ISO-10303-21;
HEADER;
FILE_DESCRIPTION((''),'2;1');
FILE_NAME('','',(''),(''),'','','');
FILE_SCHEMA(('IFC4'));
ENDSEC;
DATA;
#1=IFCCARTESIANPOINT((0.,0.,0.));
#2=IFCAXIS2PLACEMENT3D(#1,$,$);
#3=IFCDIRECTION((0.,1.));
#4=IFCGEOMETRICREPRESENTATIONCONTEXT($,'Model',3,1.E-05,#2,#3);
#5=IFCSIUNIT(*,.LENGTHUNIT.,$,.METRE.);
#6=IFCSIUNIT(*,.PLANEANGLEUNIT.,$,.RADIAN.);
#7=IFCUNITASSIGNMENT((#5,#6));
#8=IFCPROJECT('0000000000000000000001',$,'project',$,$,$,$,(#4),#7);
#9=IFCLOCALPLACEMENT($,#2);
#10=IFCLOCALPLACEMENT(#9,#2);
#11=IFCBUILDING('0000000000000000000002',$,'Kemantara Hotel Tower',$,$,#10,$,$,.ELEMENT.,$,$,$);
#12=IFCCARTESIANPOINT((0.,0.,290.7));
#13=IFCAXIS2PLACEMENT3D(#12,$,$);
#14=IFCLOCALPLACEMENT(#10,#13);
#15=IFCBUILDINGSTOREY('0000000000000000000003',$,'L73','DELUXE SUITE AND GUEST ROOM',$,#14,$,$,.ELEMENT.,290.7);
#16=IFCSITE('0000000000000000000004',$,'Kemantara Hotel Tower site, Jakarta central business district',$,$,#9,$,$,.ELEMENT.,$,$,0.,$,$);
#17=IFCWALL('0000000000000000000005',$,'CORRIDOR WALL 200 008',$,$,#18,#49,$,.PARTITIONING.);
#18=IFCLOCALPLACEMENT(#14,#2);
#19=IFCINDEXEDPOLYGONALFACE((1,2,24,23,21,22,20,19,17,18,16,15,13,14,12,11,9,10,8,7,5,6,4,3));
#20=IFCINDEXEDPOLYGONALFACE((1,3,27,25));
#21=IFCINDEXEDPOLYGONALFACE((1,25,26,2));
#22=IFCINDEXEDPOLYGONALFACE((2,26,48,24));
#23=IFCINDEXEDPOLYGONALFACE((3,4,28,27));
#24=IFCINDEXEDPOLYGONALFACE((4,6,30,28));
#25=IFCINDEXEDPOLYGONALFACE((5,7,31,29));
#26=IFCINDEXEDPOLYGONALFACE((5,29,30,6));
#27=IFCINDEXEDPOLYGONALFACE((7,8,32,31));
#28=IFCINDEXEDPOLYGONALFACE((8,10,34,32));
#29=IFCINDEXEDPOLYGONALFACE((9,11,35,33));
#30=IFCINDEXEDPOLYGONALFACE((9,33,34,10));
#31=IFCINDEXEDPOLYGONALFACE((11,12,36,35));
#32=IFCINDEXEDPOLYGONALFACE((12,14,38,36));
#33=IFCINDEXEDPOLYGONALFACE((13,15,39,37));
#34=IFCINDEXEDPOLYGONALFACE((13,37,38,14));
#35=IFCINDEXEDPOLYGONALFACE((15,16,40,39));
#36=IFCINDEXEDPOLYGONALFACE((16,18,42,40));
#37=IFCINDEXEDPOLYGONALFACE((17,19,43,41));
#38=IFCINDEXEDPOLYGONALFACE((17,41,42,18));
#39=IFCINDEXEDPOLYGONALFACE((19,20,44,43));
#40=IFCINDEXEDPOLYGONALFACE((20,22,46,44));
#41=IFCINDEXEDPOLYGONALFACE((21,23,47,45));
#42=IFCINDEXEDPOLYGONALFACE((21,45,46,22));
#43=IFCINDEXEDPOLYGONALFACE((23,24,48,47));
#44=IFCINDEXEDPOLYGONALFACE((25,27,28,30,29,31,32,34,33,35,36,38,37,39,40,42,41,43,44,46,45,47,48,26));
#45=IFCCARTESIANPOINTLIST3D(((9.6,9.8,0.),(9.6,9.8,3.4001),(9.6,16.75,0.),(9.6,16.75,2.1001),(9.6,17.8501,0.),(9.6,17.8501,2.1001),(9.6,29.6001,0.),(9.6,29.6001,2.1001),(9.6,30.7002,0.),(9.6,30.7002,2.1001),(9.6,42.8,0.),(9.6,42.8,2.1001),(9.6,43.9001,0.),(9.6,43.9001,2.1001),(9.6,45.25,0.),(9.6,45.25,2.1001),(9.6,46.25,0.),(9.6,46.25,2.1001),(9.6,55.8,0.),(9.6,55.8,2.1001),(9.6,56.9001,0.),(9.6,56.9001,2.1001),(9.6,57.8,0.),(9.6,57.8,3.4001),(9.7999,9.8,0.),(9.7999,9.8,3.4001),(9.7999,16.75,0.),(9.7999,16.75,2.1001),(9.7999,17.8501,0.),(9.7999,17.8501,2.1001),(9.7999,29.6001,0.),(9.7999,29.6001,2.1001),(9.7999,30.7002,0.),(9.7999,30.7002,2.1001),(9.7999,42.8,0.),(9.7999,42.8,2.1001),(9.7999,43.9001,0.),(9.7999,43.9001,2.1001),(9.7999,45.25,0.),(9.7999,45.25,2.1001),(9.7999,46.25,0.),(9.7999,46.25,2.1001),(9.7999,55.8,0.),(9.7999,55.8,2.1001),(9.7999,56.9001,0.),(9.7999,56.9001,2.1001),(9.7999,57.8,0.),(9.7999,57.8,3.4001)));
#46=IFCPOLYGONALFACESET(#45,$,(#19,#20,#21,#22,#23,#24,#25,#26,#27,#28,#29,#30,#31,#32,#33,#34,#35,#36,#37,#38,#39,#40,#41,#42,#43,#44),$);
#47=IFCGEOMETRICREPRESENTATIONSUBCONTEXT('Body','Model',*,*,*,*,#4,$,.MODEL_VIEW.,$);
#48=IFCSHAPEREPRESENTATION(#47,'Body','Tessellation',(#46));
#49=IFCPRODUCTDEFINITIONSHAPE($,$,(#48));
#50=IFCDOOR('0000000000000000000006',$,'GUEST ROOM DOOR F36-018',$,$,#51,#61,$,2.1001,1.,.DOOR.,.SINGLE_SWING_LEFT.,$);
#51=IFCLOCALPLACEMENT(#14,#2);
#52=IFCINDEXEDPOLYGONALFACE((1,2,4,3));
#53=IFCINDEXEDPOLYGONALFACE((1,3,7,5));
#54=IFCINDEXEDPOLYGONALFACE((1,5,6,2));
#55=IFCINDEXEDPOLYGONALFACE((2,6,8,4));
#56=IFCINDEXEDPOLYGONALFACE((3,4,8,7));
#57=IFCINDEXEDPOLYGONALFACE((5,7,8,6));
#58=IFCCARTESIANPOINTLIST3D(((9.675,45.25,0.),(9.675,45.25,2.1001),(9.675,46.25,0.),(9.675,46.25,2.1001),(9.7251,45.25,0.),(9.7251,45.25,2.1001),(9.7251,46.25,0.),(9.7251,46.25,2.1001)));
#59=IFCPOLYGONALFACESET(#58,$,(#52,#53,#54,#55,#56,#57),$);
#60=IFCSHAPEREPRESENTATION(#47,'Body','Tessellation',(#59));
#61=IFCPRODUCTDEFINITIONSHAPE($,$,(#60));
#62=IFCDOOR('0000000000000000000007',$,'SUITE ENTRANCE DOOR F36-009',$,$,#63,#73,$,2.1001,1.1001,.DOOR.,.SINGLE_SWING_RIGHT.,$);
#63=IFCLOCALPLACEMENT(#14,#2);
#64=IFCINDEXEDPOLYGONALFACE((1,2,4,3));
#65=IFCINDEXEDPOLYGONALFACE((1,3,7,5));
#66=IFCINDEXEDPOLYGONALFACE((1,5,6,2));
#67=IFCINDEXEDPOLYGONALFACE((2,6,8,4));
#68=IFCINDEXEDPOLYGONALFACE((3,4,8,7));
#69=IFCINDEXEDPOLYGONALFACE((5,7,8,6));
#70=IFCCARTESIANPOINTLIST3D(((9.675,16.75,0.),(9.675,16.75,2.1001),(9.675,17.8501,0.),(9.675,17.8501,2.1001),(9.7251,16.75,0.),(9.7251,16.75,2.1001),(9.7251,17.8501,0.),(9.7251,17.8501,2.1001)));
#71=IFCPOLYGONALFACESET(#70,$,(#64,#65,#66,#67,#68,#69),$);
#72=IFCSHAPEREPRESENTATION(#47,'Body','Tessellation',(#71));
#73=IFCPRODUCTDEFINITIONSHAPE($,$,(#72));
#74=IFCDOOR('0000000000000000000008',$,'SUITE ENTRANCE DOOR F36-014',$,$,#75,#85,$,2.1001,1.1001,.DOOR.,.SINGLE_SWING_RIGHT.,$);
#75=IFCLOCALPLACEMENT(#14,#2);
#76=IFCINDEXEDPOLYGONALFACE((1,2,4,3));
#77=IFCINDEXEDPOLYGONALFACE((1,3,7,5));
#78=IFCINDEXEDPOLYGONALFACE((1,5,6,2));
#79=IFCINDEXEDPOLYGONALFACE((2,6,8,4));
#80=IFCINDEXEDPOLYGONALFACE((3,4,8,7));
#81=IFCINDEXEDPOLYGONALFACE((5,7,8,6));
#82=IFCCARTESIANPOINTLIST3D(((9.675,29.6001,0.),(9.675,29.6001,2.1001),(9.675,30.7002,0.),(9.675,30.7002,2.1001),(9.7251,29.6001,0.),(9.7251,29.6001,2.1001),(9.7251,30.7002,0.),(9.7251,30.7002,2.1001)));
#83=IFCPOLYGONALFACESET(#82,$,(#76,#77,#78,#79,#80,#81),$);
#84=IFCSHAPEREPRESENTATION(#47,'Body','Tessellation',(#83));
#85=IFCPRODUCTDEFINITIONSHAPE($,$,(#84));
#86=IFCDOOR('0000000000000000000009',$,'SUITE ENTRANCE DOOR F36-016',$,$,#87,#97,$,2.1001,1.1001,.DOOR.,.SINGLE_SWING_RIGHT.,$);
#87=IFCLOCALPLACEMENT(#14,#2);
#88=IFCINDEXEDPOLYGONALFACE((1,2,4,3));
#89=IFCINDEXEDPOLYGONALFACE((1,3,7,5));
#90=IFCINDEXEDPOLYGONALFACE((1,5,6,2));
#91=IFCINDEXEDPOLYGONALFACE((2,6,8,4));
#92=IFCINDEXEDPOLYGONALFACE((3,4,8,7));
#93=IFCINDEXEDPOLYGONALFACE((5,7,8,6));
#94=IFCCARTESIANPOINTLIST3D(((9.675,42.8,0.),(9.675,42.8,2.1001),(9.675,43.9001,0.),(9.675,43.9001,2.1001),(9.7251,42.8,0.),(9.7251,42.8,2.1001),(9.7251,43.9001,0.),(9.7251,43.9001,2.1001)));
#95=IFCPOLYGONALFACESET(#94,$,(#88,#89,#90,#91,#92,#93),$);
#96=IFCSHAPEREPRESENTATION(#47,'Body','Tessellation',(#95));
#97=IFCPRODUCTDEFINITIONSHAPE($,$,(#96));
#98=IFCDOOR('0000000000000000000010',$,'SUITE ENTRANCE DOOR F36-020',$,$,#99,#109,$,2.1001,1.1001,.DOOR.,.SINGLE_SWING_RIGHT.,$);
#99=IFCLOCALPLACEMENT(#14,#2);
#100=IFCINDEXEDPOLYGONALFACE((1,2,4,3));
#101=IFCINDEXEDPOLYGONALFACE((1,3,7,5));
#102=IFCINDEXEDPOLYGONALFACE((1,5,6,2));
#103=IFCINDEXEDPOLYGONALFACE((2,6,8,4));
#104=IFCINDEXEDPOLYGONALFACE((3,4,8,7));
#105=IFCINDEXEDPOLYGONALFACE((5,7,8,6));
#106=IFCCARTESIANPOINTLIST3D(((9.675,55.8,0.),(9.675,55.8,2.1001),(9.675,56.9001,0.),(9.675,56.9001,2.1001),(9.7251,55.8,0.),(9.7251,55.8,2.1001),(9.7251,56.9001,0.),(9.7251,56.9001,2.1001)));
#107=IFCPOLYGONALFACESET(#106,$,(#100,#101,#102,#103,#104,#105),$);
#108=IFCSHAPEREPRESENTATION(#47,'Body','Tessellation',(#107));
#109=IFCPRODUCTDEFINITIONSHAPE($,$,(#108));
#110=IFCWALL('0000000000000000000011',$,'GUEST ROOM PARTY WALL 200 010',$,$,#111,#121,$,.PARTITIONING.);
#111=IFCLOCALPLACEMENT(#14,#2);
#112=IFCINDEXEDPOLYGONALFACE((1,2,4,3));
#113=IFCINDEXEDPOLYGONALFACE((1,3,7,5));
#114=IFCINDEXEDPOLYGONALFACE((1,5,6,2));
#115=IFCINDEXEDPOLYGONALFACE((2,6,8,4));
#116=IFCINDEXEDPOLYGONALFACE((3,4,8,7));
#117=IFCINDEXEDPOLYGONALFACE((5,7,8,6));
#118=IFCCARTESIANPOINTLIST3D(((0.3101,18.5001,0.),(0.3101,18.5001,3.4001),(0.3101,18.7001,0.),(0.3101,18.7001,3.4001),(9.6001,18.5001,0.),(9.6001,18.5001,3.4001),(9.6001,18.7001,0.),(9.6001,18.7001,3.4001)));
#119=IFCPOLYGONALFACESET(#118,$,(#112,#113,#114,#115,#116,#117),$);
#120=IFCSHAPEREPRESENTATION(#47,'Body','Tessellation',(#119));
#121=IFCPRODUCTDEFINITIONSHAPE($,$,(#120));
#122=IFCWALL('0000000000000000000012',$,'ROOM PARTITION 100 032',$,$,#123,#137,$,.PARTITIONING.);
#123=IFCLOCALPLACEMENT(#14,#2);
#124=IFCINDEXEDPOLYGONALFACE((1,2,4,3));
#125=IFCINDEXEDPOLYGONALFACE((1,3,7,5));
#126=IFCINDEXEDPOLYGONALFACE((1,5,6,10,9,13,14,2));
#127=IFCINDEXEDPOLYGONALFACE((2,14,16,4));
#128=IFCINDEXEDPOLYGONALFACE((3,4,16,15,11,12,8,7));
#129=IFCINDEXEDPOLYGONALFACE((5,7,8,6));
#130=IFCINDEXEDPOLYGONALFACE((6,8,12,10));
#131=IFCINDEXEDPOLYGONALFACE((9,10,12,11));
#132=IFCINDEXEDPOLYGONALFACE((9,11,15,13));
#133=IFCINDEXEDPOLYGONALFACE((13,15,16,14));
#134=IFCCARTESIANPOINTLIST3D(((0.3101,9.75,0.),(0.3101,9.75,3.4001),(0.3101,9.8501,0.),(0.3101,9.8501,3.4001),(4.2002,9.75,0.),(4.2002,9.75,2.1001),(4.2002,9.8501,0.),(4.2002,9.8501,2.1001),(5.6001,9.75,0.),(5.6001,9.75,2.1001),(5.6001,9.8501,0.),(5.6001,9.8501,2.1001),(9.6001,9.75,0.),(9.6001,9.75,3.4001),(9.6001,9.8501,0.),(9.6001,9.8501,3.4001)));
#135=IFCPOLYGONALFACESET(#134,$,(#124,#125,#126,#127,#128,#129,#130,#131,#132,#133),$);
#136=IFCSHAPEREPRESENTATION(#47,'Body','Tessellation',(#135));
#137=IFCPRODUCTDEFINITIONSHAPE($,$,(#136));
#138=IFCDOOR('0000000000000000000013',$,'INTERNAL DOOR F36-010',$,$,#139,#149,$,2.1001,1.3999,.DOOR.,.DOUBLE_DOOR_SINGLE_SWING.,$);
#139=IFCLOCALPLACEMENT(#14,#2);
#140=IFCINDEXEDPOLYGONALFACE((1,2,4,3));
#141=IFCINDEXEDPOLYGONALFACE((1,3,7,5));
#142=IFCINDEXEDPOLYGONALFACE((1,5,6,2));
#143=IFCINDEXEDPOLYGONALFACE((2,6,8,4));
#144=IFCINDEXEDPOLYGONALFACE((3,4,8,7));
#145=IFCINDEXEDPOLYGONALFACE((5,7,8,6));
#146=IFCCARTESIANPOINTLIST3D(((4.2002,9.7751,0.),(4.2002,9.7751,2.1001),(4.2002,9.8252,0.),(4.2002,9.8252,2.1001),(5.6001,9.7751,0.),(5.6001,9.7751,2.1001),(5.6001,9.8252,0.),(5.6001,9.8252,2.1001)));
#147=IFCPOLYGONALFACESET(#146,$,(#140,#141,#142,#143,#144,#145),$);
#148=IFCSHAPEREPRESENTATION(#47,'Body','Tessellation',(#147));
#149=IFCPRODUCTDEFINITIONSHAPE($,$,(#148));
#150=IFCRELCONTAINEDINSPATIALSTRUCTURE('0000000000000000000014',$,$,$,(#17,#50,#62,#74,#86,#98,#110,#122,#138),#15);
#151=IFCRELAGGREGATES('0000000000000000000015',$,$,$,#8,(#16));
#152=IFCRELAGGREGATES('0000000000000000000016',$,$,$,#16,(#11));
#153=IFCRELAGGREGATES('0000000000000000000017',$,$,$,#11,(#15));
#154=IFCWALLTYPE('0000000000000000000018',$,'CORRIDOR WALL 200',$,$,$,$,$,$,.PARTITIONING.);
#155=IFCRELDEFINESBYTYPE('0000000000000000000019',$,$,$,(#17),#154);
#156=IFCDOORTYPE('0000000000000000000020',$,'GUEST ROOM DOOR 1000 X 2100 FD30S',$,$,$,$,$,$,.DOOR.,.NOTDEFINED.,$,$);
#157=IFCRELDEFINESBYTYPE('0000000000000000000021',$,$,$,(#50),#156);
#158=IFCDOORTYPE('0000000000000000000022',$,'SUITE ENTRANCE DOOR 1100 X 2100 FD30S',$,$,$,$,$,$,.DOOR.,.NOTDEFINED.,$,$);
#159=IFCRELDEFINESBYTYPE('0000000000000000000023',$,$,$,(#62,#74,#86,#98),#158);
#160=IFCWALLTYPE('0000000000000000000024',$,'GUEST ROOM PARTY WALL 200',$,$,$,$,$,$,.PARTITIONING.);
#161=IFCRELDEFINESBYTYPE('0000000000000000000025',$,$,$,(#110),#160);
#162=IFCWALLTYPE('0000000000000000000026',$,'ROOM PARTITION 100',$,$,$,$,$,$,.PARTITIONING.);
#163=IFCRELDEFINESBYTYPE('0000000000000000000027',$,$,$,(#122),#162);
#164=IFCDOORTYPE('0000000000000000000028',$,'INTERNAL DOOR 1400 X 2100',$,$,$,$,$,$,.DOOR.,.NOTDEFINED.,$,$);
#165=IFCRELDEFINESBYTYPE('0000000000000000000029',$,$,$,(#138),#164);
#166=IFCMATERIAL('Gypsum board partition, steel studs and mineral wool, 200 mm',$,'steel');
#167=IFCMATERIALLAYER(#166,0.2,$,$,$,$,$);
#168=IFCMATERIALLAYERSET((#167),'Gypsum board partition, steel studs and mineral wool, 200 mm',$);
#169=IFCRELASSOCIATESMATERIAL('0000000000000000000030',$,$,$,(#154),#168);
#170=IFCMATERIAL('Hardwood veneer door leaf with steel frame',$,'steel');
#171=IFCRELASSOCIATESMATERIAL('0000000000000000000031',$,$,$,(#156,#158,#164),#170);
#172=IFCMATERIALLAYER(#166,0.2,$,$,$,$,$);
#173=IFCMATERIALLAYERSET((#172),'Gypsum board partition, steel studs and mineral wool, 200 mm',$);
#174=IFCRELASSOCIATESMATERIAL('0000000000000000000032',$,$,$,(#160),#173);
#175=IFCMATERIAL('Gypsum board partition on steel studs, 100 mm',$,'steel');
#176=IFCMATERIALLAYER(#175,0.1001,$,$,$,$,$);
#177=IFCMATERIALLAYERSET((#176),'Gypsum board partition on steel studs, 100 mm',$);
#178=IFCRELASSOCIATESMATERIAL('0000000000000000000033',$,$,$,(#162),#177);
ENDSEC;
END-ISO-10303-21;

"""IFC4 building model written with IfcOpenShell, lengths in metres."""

from ifc_helpers import new_model, si_unit, direction, frame, frame_2d, origin, place, context, subcontext, project, spatial, rectangle, extrude, material, layer, layer_set, type_object, element, fill, save


model = new_model("IFC4")

# Units and contexts
model_context = context("Model", 3, precision=1e-05, world=origin(), true_north=direction((0.0, 1.0)))
body_context = subcontext(model_context, "Body", "Model", "MODEL_VIEW")
ifc_project = project(units=[si_unit("LENGTHUNIT", "METRE"), si_unit("PLANEANGLEUNIT", "RADIAN")], contexts=[model_context])

# Site, building, storey
site_placement = place(None, origin())
site = spatial("IfcSite", under=ifc_project, at=site_placement, Name="Kemantara Hotel Tower site, Jakarta central business district", CompositionType="ELEMENT", RefElevation=0.0)
building_placement = place(site_placement, origin())
building = spatial("IfcBuilding", under=site, at=building_placement, Name="Kemantara Hotel Tower", CompositionType="ELEMENT")
storey_placement = place(building_placement, frame((0.0, 0.0, 290.7)))
storey = spatial("IfcBuildingStorey", under=building, at=storey_placement, Name="L73", Description="DELUXE SUITE AND GUEST ROOM", CompositionType="ELEMENT", Elevation=290.7)

# Wall, openings, doors
ifc_material_1 = material(Name="Gypsum board partition, steel studs and mineral wool, 200 mm", Category="steel")
ifc_layer_1 = layer(ifc_material_1, 0.2)
ifc_layer_set_1 = layer_set([ifc_layer_1], Name="Gypsum board partition, steel studs and mineral wool, 200 mm")
wall_type_1 = type_object("IfcWallType", Name="CORRIDOR WALL 200", PredefinedType="PARTITIONING", material=ifc_layer_set_1)
wall_1_placement = place(storey_placement, frame((9.7, 9.8, 0.0), z_axis=(0.0, 0.0, 1.0), x_axis=(0.0, 1.0, 0.0)))
wall_1 = element("IfcWall", 1, at=wall_1_placement, inside=storey, type_object=wall_type_1, Name="CORRIDOR WALL 200 008", PredefinedType="PARTITIONING", context=body_context, shape_type="SweptSolid", body=[
    extrude(rectangle(XDim=48.0, YDim=0.2, at=frame_2d((24.0, 0.0))), origin(), (0.0, 0.0, 1.0), 3.4001),
])
opening_1_placement = place(wall_1_placement, frame((6.95, 0.0, 0.0)))
opening_1 = element("IfcOpeningElement", 2, at=opening_1_placement, cuts=wall_1, PredefinedType="OPENING", context=body_context, shape_type="SweptSolid", body=[
    extrude(rectangle(XDim=1.1001, YDim=2.1001, at=frame_2d((0.55, 1.05))), frame((0.0, 0.1099, 0.0), z_axis=(0.0, -1.0, 0.0), x_axis=(1.0, 0.0, 0.0)), (0.0, 0.0, 1.0), 0.22),
])
opening_2_placement = place(wall_1_placement, frame((19.8, 0.0, 0.0)))
opening_2 = element("IfcOpeningElement", 3, at=opening_2_placement, cuts=wall_1, PredefinedType="OPENING", context=body_context, shape_type="SweptSolid", body=[
    extrude(rectangle(XDim=1.1001, YDim=2.1001, at=frame_2d((0.55, 1.05))), frame((0.0, 0.1099, 0.0), z_axis=(0.0, -1.0, 0.0), x_axis=(1.0, 0.0, 0.0)), (0.0, 0.0, 1.0), 0.22),
])
opening_3_placement = place(wall_1_placement, frame((33.0, 0.0, 0.0)))
opening_3 = element("IfcOpeningElement", 4, at=opening_3_placement, cuts=wall_1, PredefinedType="OPENING", context=body_context, shape_type="SweptSolid", body=[
    extrude(rectangle(XDim=1.1001, YDim=2.1001, at=frame_2d((0.55, 1.05))), frame((0.0, 0.1099, 0.0), z_axis=(0.0, -1.0, 0.0), x_axis=(1.0, 0.0, 0.0)), (0.0, 0.0, 1.0), 0.22),
])
opening_4_placement = place(wall_1_placement, frame((35.45, 0.0, 0.0)))
opening_4 = element("IfcOpeningElement", 5, at=opening_4_placement, cuts=wall_1, PredefinedType="OPENING", context=body_context, shape_type="SweptSolid", body=[
    extrude(rectangle(XDim=1.0, YDim=2.1001, at=frame_2d((0.5, 1.05))), frame((0.0, 0.1099, 0.0), z_axis=(0.0, -1.0, 0.0), x_axis=(1.0, 0.0, 0.0)), (0.0, 0.0, 1.0), 0.22),
])
opening_5_placement = place(wall_1_placement, frame((46.0, 0.0, 0.0)))
opening_5 = element("IfcOpeningElement", 6, at=opening_5_placement, cuts=wall_1, PredefinedType="OPENING", context=body_context, shape_type="SweptSolid", body=[
    extrude(rectangle(XDim=1.1001, YDim=2.1001, at=frame_2d((0.55, 1.05))), frame((0.0, 0.1099, 0.0), z_axis=(0.0, -1.0, 0.0), x_axis=(1.0, 0.0, 0.0)), (0.0, 0.0, 1.0), 0.22),
])
ifc_material_2 = material(Name="Hardwood veneer door leaf with steel frame", Category="steel")
door_type_1 = type_object("IfcDoorType", Name="GUEST ROOM DOOR 1000 X 2100 FD30S", OperationType="NOTDEFINED", PredefinedType="DOOR", material=ifc_material_2)
door_1_placement = place(opening_4_placement, origin())
door_1 = element("IfcDoor", 7, at=door_1_placement, inside=storey, type_object=door_type_1, Name="GUEST ROOM DOOR F36-018", OperationType="SINGLE_SWING_LEFT", OverallHeight=2.1001, OverallWidth=1.0, PredefinedType="DOOR", context=body_context, shape_type="SweptSolid", body=[
    extrude(rectangle(XDim=1.0, YDim=2.1001, at=frame_2d((0.5, 1.05))), frame((0.0, 0.0249, 0.0), z_axis=(0.0, -1.0, 0.0), x_axis=(1.0, 0.0, 0.0)), (0.0, 0.0, 1.0), 0.05),
])
fill(opening_4, door_1)
door_type_2 = type_object("IfcDoorType", Name="SUITE ENTRANCE DOOR 1100 X 2100 FD30S", OperationType="NOTDEFINED", PredefinedType="DOOR", material=ifc_material_2)
door_2_placement = place(opening_1_placement, origin())
door_2 = element("IfcDoor", 8, at=door_2_placement, inside=storey, type_object=door_type_2, Name="SUITE ENTRANCE DOOR F36-009", OperationType="SINGLE_SWING_RIGHT", OverallHeight=2.1001, OverallWidth=1.1001, PredefinedType="DOOR", context=body_context, shape_type="SweptSolid", body=[
    extrude(rectangle(XDim=1.1001, YDim=2.1001, at=frame_2d((0.55, 1.05))), frame((0.0, 0.0249, 0.0), z_axis=(0.0, -1.0, 0.0), x_axis=(1.0, 0.0, 0.0)), (0.0, 0.0, 1.0), 0.05),
])
fill(opening_1, door_2)
door_3_placement = place(opening_2_placement, origin())
door_3 = element("IfcDoor", 9, at=door_3_placement, inside=storey, type_object=door_type_2, Name="SUITE ENTRANCE DOOR F36-014", OperationType="SINGLE_SWING_RIGHT", OverallHeight=2.1001, OverallWidth=1.1001, PredefinedType="DOOR", context=body_context, shape_type="SweptSolid", body=[
    extrude(rectangle(XDim=1.1001, YDim=2.1001, at=frame_2d((0.55, 1.05))), frame((0.0, 0.0249, 0.0), z_axis=(0.0, -1.0, 0.0), x_axis=(1.0, 0.0, 0.0)), (0.0, 0.0, 1.0), 0.05),
])
fill(opening_2, door_3)
door_4_placement = place(opening_3_placement, origin())
door_4 = element("IfcDoor", 10, at=door_4_placement, inside=storey, type_object=door_type_2, Name="SUITE ENTRANCE DOOR F36-016", OperationType="SINGLE_SWING_RIGHT", OverallHeight=2.1001, OverallWidth=1.1001, PredefinedType="DOOR", context=body_context, shape_type="SweptSolid", body=[
    extrude(rectangle(XDim=1.1001, YDim=2.1001, at=frame_2d((0.55, 1.05))), frame((0.0, 0.0249, 0.0), z_axis=(0.0, -1.0, 0.0), x_axis=(1.0, 0.0, 0.0)), (0.0, 0.0, 1.0), 0.05),
])
fill(opening_3, door_4)
door_5_placement = place(opening_5_placement, origin())
door_5 = element("IfcDoor", 11, at=door_5_placement, inside=storey, type_object=door_type_2, Name="SUITE ENTRANCE DOOR F36-020", OperationType="SINGLE_SWING_RIGHT", OverallHeight=2.1001, OverallWidth=1.1001, PredefinedType="DOOR", context=body_context, shape_type="SweptSolid", body=[
    extrude(rectangle(XDim=1.1001, YDim=2.1001, at=frame_2d((0.55, 1.05))), frame((0.0, 0.0249, 0.0), z_axis=(0.0, -1.0, 0.0), x_axis=(1.0, 0.0, 0.0)), (0.0, 0.0, 1.0), 0.05),
])
fill(opening_5, door_5)

# Wall
ifc_layer_2 = layer(ifc_material_1, 0.2)
ifc_layer_set_2 = layer_set([ifc_layer_2], Name="Gypsum board partition, steel studs and mineral wool, 200 mm")
wall_type_2 = type_object("IfcWallType", Name="GUEST ROOM PARTY WALL 200", PredefinedType="PARTITIONING", material=ifc_layer_set_2)
wall_2_placement = place(storey_placement, frame((0.3101, 18.6001, 0.0), z_axis=(0.0, 0.0, 1.0), x_axis=(1.0, 0.0, 0.0)))
element("IfcWall", 12, at=wall_2_placement, inside=storey, type_object=wall_type_2, Name="GUEST ROOM PARTY WALL 200 010", PredefinedType="PARTITIONING", context=body_context, shape_type="SweptSolid", body=[
    extrude(rectangle(XDim=9.29, YDim=0.2, at=frame_2d((4.645, 0.0))), origin(), (0.0, 0.0, 1.0), 3.4001),
])

# Wall, opening, door
ifc_material_3 = material(Name="Gypsum board partition on steel studs, 100 mm", Category="steel")
ifc_layer_3 = layer(ifc_material_3, 0.1001)
ifc_layer_set_3 = layer_set([ifc_layer_3], Name="Gypsum board partition on steel studs, 100 mm")
wall_type_3 = type_object("IfcWallType", Name="ROOM PARTITION 100", PredefinedType="PARTITIONING", material=ifc_layer_set_3)
wall_3_placement = place(storey_placement, frame((9.6001, 9.8, 0.0), z_axis=(0.0, 0.0, 1.0), x_axis=(-1.0, 0.0, 0.0)))
wall_3 = element("IfcWall", 13, at=wall_3_placement, inside=storey, type_object=wall_type_3, Name="ROOM PARTITION 100 032", PredefinedType="PARTITIONING", context=body_context, shape_type="SweptSolid", body=[
    extrude(rectangle(XDim=9.29, YDim=0.1001, at=frame_2d((4.645, 0.0))), origin(), (0.0, 0.0, 1.0), 3.4001),
])
opening_6_placement = place(wall_3_placement, frame((4.0, 0.0, 0.0)))
opening_6 = element("IfcOpeningElement", 14, at=opening_6_placement, cuts=wall_3, PredefinedType="OPENING", context=body_context, shape_type="SweptSolid", body=[
    extrude(rectangle(XDim=1.3999, YDim=2.1001, at=frame_2d((0.7, 1.05))), frame((0.0, 0.0601, 0.0), z_axis=(0.0, -1.0, 0.0), x_axis=(1.0, 0.0, 0.0)), (0.0, 0.0, 1.0), 0.1201),
])
door_type_3 = type_object("IfcDoorType", Name="INTERNAL DOOR 1400 X 2100", OperationType="NOTDEFINED", PredefinedType="DOOR", material=ifc_material_2)
door_6_placement = place(opening_6_placement, origin())
door_6 = element("IfcDoor", 15, at=door_6_placement, inside=storey, type_object=door_type_3, Name="INTERNAL DOOR F36-010", OperationType="DOUBLE_DOOR_SINGLE_SWING", OverallHeight=2.1001, OverallWidth=1.3999, PredefinedType="DOOR", context=body_context, shape_type="SweptSolid", body=[
    extrude(rectangle(XDim=1.3999, YDim=2.1001, at=frame_2d((0.7, 1.05))), frame((0.0, 0.0249, 0.0), z_axis=(0.0, -1.0, 0.0), x_axis=(1.0, 0.0, 0.0)), (0.0, 0.0, 1.0), 0.05),
])
fill(opening_6, door_6)

save(model, "model.ifc")
